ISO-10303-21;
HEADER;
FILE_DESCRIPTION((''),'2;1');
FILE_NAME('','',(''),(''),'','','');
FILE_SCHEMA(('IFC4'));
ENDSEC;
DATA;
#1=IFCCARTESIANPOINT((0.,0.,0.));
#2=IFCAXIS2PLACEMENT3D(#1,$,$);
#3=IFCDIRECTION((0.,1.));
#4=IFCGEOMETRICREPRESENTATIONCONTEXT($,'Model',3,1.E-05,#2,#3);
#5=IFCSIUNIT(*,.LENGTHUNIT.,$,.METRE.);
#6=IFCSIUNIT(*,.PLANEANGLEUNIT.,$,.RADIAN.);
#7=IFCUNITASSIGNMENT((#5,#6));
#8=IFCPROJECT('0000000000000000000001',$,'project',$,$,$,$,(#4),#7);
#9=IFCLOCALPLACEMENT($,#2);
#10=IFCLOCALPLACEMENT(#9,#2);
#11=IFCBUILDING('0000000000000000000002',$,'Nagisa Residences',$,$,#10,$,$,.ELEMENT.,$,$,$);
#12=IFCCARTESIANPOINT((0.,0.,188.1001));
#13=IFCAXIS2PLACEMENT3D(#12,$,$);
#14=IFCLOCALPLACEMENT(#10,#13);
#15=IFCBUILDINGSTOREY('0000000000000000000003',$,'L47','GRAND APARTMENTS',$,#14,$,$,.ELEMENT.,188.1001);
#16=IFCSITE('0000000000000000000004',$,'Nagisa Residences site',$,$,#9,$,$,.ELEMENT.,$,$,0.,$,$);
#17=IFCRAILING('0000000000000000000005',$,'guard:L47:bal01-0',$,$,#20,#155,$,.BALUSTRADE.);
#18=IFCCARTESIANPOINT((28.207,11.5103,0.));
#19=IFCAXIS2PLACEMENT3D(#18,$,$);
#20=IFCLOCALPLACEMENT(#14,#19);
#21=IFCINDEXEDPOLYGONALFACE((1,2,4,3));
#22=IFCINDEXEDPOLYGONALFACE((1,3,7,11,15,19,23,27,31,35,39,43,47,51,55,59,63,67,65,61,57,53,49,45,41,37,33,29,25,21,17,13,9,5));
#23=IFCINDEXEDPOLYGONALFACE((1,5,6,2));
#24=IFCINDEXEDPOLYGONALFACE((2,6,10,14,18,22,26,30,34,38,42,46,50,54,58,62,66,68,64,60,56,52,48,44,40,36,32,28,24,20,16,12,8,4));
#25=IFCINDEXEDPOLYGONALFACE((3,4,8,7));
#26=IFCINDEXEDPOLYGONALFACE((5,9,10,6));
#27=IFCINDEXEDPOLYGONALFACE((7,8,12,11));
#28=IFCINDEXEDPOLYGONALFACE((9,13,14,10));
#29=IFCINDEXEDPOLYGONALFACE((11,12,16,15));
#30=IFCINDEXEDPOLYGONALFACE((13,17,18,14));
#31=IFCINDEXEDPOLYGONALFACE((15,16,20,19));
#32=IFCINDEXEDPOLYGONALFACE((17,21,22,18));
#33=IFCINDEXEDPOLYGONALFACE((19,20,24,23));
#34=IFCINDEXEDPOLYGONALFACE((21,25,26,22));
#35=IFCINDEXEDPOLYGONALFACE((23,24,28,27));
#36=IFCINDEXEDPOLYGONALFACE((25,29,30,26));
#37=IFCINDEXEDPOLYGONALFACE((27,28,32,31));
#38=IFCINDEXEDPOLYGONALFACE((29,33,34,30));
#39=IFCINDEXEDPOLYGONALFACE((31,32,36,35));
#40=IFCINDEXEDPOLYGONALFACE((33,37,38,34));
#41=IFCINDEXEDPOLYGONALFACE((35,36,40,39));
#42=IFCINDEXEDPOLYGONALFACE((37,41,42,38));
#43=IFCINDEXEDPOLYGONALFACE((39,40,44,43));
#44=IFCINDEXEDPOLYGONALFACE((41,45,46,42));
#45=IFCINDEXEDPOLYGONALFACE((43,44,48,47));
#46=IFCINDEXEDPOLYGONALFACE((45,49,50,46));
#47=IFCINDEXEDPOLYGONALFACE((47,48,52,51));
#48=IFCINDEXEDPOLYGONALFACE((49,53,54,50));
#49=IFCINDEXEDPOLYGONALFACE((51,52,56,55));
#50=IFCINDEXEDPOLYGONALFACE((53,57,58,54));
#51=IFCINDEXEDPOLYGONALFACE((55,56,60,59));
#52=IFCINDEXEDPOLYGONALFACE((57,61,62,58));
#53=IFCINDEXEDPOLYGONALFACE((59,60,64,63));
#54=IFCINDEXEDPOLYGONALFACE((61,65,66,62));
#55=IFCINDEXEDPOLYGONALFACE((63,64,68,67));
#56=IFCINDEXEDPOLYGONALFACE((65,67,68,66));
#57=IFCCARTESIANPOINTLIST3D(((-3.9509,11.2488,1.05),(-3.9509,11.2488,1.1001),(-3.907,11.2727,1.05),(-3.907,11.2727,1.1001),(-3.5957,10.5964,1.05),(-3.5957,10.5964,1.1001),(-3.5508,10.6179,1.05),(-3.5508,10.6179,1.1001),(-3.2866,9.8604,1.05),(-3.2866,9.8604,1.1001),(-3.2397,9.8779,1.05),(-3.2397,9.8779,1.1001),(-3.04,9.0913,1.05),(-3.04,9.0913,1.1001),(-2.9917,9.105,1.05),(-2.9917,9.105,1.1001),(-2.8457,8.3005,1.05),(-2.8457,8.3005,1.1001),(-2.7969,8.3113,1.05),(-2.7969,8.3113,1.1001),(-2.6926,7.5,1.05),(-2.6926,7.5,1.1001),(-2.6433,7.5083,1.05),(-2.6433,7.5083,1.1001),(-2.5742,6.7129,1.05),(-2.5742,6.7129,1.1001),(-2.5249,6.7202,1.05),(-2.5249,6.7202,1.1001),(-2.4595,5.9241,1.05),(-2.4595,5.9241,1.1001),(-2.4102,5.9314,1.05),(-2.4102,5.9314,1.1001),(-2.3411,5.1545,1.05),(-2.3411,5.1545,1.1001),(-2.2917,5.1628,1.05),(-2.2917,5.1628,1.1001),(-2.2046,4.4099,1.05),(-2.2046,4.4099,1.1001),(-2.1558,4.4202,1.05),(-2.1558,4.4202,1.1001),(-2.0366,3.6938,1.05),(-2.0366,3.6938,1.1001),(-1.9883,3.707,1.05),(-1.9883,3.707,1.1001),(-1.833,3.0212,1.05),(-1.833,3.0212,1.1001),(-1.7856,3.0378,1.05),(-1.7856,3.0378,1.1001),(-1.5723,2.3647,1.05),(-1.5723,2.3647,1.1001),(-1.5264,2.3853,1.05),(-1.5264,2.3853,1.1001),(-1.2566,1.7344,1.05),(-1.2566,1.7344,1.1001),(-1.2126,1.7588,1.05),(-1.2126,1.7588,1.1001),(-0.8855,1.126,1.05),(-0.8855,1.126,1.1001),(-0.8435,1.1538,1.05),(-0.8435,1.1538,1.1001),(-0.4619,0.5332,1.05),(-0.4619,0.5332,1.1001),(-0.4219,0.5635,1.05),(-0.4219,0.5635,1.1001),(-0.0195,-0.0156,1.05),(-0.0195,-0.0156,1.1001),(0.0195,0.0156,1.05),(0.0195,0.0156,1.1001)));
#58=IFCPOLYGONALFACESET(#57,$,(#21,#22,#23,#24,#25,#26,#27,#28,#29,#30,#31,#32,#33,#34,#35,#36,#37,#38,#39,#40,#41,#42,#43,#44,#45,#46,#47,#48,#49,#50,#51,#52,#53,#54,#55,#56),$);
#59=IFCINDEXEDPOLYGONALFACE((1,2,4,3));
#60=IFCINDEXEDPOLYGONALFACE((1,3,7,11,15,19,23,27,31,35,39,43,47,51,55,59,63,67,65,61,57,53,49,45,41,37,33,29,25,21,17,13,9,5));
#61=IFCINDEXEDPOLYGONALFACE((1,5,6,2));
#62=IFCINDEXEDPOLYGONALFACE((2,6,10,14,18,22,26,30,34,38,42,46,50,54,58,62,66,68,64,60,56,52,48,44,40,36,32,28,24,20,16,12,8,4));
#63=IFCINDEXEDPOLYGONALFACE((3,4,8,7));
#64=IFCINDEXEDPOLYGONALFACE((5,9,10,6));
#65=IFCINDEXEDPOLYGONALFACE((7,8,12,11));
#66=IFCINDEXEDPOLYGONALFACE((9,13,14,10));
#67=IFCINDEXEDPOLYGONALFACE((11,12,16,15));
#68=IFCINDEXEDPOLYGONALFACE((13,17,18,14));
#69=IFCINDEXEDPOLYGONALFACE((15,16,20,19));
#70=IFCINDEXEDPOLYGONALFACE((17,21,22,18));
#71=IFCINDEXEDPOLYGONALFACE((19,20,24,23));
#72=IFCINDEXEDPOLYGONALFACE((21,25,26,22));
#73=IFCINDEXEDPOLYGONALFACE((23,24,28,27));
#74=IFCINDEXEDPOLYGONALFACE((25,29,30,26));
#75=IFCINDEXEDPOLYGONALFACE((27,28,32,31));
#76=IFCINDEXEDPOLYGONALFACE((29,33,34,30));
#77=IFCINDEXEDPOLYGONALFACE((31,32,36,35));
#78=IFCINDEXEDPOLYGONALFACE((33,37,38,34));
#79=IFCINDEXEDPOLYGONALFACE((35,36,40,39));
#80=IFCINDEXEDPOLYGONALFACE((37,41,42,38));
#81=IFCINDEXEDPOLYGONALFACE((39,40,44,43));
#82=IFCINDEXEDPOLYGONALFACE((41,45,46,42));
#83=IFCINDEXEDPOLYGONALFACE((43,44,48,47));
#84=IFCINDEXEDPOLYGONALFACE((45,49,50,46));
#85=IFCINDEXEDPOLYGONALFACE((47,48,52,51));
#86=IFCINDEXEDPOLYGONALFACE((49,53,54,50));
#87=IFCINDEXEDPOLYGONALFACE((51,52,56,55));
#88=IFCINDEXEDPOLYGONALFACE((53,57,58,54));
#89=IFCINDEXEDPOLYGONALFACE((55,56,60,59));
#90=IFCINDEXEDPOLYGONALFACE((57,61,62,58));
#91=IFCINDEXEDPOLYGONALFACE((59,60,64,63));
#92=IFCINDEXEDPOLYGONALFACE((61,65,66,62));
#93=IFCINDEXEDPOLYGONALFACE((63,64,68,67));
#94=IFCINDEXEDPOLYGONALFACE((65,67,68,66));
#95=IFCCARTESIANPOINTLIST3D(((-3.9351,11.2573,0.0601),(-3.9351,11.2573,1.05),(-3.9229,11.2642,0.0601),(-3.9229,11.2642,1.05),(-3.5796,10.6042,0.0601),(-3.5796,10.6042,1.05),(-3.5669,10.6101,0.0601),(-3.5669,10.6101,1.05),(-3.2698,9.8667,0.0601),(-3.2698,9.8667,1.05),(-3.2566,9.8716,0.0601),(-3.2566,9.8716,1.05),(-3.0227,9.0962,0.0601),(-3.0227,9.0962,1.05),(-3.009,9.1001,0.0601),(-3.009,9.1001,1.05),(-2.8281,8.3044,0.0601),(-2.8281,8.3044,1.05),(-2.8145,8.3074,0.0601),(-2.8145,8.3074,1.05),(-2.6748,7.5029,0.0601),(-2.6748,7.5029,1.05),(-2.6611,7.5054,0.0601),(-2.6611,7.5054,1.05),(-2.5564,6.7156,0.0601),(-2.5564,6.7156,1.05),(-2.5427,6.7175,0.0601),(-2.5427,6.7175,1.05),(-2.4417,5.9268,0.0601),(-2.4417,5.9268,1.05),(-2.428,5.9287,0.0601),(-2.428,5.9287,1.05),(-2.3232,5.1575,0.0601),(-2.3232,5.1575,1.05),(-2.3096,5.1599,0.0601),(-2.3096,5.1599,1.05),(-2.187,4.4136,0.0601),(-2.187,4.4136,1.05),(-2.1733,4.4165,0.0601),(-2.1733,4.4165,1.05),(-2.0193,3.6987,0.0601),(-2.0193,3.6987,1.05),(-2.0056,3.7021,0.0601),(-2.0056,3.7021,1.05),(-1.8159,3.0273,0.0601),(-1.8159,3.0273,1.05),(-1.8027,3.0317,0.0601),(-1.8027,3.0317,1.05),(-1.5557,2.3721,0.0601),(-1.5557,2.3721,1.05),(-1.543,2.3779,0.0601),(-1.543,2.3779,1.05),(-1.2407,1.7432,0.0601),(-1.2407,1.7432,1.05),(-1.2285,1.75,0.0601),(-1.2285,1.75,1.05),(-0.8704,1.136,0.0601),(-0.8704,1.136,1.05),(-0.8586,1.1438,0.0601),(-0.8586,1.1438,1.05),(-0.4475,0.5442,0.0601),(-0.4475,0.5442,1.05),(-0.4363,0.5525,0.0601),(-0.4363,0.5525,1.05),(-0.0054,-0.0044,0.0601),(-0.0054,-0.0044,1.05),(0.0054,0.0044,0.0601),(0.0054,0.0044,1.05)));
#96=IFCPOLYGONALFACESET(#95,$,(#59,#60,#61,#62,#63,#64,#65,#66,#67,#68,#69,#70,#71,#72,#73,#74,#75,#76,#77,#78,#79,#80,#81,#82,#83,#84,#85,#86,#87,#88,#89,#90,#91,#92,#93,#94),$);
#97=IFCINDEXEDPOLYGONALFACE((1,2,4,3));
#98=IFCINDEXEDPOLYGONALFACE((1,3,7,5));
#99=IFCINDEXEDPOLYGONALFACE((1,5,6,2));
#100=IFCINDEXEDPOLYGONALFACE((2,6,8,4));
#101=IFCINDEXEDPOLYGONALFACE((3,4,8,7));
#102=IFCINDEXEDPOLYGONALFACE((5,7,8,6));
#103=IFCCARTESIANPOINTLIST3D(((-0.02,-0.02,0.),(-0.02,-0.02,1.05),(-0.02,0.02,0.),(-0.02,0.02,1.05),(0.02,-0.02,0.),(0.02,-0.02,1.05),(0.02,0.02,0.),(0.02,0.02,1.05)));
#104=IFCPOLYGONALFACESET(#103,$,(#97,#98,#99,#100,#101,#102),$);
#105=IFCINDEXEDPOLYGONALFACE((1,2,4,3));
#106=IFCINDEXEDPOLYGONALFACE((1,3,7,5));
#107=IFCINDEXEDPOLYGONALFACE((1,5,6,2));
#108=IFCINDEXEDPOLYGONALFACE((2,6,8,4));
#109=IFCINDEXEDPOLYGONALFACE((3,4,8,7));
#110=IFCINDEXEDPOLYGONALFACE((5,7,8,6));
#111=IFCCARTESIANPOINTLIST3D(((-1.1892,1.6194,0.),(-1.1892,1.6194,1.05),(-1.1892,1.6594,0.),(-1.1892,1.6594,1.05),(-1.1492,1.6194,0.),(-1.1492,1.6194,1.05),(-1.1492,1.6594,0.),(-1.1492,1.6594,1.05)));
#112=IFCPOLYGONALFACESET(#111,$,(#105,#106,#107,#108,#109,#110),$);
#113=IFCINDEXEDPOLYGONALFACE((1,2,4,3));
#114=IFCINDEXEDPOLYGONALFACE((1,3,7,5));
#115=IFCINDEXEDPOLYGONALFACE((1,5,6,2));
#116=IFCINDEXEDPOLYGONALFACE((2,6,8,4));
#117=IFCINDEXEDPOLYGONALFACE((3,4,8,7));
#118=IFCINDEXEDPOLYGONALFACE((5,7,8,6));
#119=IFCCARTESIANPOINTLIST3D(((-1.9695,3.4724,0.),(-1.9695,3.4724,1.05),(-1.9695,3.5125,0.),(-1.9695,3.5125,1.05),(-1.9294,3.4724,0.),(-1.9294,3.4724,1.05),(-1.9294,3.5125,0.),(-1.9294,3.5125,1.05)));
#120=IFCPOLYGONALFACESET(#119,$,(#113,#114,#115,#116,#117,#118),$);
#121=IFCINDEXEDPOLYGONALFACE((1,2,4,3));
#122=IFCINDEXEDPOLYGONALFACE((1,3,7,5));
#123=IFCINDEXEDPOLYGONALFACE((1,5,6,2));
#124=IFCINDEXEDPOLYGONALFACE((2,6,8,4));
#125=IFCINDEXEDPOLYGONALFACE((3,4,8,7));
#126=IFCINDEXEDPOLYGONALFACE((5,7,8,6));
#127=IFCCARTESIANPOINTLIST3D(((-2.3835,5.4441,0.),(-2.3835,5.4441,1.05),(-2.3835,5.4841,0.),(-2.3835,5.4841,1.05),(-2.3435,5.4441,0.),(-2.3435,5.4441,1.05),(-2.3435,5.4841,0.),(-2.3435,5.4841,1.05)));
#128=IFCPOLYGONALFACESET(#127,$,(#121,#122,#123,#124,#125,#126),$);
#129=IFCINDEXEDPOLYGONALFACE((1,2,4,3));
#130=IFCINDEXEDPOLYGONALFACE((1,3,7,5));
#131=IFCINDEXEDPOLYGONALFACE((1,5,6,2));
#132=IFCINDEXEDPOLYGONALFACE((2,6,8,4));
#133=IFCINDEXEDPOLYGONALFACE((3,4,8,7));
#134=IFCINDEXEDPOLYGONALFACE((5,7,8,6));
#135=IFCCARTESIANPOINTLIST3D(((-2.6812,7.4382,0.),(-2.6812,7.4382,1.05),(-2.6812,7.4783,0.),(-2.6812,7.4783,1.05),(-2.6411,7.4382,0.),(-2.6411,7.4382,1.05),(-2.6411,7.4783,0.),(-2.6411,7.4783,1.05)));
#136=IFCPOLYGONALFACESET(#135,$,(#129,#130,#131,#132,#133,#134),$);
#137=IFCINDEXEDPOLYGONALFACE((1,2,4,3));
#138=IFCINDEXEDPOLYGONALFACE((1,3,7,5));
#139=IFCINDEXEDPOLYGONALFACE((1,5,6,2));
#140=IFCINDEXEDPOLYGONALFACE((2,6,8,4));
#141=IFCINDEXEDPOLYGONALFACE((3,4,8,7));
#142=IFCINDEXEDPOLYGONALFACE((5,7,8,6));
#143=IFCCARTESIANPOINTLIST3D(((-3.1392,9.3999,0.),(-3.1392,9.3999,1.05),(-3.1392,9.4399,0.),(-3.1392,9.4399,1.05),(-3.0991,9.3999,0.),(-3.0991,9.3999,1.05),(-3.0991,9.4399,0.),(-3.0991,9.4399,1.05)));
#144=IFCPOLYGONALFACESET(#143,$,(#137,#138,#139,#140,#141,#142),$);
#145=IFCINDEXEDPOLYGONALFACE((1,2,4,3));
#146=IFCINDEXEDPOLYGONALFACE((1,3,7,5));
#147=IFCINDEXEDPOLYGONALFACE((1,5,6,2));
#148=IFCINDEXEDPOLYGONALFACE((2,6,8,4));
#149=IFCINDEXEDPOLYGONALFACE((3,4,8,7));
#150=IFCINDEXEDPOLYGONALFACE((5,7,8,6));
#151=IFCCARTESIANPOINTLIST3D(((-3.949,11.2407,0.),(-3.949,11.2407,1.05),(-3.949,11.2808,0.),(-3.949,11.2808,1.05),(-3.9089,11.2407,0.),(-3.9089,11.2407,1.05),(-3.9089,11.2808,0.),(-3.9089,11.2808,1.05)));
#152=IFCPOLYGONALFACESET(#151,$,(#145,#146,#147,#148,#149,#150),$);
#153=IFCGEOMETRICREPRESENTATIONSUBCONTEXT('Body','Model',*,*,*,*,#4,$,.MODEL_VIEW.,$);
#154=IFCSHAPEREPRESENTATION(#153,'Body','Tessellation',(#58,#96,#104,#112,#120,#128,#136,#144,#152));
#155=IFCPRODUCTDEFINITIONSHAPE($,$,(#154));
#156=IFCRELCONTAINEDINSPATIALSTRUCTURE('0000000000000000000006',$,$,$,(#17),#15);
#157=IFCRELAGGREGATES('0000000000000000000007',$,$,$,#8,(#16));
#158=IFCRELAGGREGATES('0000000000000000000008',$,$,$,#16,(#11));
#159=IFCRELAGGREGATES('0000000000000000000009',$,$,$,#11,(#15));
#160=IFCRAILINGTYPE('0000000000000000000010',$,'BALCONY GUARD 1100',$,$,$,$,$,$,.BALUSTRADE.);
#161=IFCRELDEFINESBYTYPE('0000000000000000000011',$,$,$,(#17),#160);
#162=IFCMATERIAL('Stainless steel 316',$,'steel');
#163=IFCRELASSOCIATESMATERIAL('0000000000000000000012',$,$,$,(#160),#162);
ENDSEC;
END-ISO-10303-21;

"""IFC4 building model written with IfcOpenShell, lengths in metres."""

from ifc_helpers import new_model, si_unit, direction, frame, origin, origin_2d, place, context, subcontext, project, spatial, polyline, rectangle, outline, extrude, material, type_object, element, save


model = new_model("IFC4")

# Units and contexts
model_context = context("Model", 3, precision=1e-05, world=origin(), true_north=direction((0.0, 1.0)))
body_context = subcontext(model_context, "Body", "Model", "MODEL_VIEW")
ifc_project = project(units=[si_unit("LENGTHUNIT", "METRE"), si_unit("PLANEANGLEUNIT", "RADIAN")], contexts=[model_context])

# Site, building, storey
site_placement = place(None, origin())
site = spatial("IfcSite", under=ifc_project, at=site_placement, Name="Nagisa Residences site", CompositionType="ELEMENT", RefElevation=0.0)
building_placement = place(site_placement, origin())
building = spatial("IfcBuilding", under=site, at=building_placement, Name="Nagisa Residences", CompositionType="ELEMENT")
storey_placement = place(building_placement, frame((0.0, 0.0, 188.1001)))
storey = spatial("IfcBuildingStorey", under=building, at=storey_placement, Name="L47", Description="GRAND APARTMENTS", CompositionType="ELEMENT", Elevation=188.1001)

# Railing
ifc_material_1 = material(Name="Stainless steel 316", Category="steel")
railing_type = type_object("IfcRailingType", Name="BALCONY GUARD 1100", PredefinedType="BALUSTRADE", material=ifc_material_1)
railing_1_placement = place(storey_placement, frame((28.207, 11.5103, 0.0)))
element("IfcRailing", 1, at=railing_1_placement, inside=storey, type_object=railing_type, Name="guard:L47:bal01-0", PredefinedType="BALUSTRADE", context=body_context, shape_type="SweptSolid", body=[
    extrude(outline(polyline([(-0.4619, 0.5332), (-0.0195, -0.0156), (0.0195, 0.0156), (-0.4219, 0.5635), (-0.8435, 1.1538), (-1.2126, 1.7588), (-1.5264, 2.3853), (-1.7856, 3.0378), (-1.9883, 3.707), (-2.1558, 4.4202), (-2.2917, 5.1628), (-2.4102, 5.9314), (-2.5249, 6.7202), (-2.6433, 7.5083), (-2.7969, 8.3113), (-2.9917, 9.105), (-3.2397, 9.8779), (-3.5508, 10.6179), (-3.907, 11.2727), (-3.9509, 11.2488), (-3.5957, 10.5964), (-3.2866, 9.8604), (-3.04, 9.0913), (-2.8457, 8.3005), (-2.6926, 7.5), (-2.5742, 6.7129), (-2.4595, 5.9241), (-2.3411, 5.1545), (-2.2046, 4.4099), (-2.0366, 3.6938), (-1.833, 3.0212), (-1.5723, 2.3647), (-1.2566, 1.7344), (-0.8855, 1.126), (-0.4619, 0.5332)])), frame((0.0, 0.0, 1.05)), (0.0, 0.0, 1.0), 0.05),
    extrude(outline(polyline([(-0.4475, 0.5442), (-0.0054, -0.0044), (0.0054, 0.0044), (-0.4363, 0.5525), (-0.8586, 1.1438), (-1.2285, 1.75), (-1.543, 2.3779), (-1.8027, 3.0317), (-2.0056, 3.7021), (-2.1733, 4.4165), (-2.3096, 5.1599), (-2.428, 5.9287), (-2.5427, 6.7175), (-2.6611, 7.5054), (-2.8145, 8.3074), (-3.009, 9.1001), (-3.2566, 9.8716), (-3.5669, 10.6101), (-3.9229, 11.2642), (-3.9351, 11.2573), (-3.5796, 10.6042), (-3.2698, 9.8667), (-3.0227, 9.0962), (-2.8281, 8.3044), (-2.6748, 7.5029), (-2.5564, 6.7156), (-2.4417, 5.9268), (-2.3232, 5.1575), (-2.187, 4.4136), (-2.0193, 3.6987), (-1.8159, 3.0273), (-1.5557, 2.3721), (-1.2407, 1.7432), (-0.8704, 1.136), (-0.4475, 0.5442)])), frame((0.0, 0.0, 0.0601)), (0.0, 0.0, 1.0), 0.99),
    extrude(rectangle(XDim=0.04, YDim=0.04, at=origin_2d()), origin(), (0.0, 0.0, 1.0), 1.05),
    extrude(rectangle(XDim=0.04, YDim=0.04, at=origin_2d()), frame((-1.1692, 1.6394, 0.0)), (0.0, 0.0, 1.0), 1.05),
    extrude(rectangle(XDim=0.04, YDim=0.04, at=origin_2d()), frame((-1.9495, 3.4924, 0.0)), (0.0, 0.0, 1.0), 1.05),
    extrude(rectangle(XDim=0.04, YDim=0.04, at=origin_2d()), frame((-2.3635, 5.4641, 0.0)), (0.0, 0.0, 1.0), 1.05),
    extrude(rectangle(XDim=0.04, YDim=0.04, at=origin_2d()), frame((-2.6611, 7.4583, 0.0)), (0.0, 0.0, 1.0), 1.05),
    extrude(rectangle(XDim=0.04, YDim=0.04, at=origin_2d()), frame((-3.1191, 9.4199, 0.0)), (0.0, 0.0, 1.0), 1.05),
    extrude(rectangle(XDim=0.04, YDim=0.04, at=origin_2d()), frame((-3.929, 11.2607, 0.0)), (0.0, 0.0, 1.0), 1.05),
])

save(model, "model.ifc")
